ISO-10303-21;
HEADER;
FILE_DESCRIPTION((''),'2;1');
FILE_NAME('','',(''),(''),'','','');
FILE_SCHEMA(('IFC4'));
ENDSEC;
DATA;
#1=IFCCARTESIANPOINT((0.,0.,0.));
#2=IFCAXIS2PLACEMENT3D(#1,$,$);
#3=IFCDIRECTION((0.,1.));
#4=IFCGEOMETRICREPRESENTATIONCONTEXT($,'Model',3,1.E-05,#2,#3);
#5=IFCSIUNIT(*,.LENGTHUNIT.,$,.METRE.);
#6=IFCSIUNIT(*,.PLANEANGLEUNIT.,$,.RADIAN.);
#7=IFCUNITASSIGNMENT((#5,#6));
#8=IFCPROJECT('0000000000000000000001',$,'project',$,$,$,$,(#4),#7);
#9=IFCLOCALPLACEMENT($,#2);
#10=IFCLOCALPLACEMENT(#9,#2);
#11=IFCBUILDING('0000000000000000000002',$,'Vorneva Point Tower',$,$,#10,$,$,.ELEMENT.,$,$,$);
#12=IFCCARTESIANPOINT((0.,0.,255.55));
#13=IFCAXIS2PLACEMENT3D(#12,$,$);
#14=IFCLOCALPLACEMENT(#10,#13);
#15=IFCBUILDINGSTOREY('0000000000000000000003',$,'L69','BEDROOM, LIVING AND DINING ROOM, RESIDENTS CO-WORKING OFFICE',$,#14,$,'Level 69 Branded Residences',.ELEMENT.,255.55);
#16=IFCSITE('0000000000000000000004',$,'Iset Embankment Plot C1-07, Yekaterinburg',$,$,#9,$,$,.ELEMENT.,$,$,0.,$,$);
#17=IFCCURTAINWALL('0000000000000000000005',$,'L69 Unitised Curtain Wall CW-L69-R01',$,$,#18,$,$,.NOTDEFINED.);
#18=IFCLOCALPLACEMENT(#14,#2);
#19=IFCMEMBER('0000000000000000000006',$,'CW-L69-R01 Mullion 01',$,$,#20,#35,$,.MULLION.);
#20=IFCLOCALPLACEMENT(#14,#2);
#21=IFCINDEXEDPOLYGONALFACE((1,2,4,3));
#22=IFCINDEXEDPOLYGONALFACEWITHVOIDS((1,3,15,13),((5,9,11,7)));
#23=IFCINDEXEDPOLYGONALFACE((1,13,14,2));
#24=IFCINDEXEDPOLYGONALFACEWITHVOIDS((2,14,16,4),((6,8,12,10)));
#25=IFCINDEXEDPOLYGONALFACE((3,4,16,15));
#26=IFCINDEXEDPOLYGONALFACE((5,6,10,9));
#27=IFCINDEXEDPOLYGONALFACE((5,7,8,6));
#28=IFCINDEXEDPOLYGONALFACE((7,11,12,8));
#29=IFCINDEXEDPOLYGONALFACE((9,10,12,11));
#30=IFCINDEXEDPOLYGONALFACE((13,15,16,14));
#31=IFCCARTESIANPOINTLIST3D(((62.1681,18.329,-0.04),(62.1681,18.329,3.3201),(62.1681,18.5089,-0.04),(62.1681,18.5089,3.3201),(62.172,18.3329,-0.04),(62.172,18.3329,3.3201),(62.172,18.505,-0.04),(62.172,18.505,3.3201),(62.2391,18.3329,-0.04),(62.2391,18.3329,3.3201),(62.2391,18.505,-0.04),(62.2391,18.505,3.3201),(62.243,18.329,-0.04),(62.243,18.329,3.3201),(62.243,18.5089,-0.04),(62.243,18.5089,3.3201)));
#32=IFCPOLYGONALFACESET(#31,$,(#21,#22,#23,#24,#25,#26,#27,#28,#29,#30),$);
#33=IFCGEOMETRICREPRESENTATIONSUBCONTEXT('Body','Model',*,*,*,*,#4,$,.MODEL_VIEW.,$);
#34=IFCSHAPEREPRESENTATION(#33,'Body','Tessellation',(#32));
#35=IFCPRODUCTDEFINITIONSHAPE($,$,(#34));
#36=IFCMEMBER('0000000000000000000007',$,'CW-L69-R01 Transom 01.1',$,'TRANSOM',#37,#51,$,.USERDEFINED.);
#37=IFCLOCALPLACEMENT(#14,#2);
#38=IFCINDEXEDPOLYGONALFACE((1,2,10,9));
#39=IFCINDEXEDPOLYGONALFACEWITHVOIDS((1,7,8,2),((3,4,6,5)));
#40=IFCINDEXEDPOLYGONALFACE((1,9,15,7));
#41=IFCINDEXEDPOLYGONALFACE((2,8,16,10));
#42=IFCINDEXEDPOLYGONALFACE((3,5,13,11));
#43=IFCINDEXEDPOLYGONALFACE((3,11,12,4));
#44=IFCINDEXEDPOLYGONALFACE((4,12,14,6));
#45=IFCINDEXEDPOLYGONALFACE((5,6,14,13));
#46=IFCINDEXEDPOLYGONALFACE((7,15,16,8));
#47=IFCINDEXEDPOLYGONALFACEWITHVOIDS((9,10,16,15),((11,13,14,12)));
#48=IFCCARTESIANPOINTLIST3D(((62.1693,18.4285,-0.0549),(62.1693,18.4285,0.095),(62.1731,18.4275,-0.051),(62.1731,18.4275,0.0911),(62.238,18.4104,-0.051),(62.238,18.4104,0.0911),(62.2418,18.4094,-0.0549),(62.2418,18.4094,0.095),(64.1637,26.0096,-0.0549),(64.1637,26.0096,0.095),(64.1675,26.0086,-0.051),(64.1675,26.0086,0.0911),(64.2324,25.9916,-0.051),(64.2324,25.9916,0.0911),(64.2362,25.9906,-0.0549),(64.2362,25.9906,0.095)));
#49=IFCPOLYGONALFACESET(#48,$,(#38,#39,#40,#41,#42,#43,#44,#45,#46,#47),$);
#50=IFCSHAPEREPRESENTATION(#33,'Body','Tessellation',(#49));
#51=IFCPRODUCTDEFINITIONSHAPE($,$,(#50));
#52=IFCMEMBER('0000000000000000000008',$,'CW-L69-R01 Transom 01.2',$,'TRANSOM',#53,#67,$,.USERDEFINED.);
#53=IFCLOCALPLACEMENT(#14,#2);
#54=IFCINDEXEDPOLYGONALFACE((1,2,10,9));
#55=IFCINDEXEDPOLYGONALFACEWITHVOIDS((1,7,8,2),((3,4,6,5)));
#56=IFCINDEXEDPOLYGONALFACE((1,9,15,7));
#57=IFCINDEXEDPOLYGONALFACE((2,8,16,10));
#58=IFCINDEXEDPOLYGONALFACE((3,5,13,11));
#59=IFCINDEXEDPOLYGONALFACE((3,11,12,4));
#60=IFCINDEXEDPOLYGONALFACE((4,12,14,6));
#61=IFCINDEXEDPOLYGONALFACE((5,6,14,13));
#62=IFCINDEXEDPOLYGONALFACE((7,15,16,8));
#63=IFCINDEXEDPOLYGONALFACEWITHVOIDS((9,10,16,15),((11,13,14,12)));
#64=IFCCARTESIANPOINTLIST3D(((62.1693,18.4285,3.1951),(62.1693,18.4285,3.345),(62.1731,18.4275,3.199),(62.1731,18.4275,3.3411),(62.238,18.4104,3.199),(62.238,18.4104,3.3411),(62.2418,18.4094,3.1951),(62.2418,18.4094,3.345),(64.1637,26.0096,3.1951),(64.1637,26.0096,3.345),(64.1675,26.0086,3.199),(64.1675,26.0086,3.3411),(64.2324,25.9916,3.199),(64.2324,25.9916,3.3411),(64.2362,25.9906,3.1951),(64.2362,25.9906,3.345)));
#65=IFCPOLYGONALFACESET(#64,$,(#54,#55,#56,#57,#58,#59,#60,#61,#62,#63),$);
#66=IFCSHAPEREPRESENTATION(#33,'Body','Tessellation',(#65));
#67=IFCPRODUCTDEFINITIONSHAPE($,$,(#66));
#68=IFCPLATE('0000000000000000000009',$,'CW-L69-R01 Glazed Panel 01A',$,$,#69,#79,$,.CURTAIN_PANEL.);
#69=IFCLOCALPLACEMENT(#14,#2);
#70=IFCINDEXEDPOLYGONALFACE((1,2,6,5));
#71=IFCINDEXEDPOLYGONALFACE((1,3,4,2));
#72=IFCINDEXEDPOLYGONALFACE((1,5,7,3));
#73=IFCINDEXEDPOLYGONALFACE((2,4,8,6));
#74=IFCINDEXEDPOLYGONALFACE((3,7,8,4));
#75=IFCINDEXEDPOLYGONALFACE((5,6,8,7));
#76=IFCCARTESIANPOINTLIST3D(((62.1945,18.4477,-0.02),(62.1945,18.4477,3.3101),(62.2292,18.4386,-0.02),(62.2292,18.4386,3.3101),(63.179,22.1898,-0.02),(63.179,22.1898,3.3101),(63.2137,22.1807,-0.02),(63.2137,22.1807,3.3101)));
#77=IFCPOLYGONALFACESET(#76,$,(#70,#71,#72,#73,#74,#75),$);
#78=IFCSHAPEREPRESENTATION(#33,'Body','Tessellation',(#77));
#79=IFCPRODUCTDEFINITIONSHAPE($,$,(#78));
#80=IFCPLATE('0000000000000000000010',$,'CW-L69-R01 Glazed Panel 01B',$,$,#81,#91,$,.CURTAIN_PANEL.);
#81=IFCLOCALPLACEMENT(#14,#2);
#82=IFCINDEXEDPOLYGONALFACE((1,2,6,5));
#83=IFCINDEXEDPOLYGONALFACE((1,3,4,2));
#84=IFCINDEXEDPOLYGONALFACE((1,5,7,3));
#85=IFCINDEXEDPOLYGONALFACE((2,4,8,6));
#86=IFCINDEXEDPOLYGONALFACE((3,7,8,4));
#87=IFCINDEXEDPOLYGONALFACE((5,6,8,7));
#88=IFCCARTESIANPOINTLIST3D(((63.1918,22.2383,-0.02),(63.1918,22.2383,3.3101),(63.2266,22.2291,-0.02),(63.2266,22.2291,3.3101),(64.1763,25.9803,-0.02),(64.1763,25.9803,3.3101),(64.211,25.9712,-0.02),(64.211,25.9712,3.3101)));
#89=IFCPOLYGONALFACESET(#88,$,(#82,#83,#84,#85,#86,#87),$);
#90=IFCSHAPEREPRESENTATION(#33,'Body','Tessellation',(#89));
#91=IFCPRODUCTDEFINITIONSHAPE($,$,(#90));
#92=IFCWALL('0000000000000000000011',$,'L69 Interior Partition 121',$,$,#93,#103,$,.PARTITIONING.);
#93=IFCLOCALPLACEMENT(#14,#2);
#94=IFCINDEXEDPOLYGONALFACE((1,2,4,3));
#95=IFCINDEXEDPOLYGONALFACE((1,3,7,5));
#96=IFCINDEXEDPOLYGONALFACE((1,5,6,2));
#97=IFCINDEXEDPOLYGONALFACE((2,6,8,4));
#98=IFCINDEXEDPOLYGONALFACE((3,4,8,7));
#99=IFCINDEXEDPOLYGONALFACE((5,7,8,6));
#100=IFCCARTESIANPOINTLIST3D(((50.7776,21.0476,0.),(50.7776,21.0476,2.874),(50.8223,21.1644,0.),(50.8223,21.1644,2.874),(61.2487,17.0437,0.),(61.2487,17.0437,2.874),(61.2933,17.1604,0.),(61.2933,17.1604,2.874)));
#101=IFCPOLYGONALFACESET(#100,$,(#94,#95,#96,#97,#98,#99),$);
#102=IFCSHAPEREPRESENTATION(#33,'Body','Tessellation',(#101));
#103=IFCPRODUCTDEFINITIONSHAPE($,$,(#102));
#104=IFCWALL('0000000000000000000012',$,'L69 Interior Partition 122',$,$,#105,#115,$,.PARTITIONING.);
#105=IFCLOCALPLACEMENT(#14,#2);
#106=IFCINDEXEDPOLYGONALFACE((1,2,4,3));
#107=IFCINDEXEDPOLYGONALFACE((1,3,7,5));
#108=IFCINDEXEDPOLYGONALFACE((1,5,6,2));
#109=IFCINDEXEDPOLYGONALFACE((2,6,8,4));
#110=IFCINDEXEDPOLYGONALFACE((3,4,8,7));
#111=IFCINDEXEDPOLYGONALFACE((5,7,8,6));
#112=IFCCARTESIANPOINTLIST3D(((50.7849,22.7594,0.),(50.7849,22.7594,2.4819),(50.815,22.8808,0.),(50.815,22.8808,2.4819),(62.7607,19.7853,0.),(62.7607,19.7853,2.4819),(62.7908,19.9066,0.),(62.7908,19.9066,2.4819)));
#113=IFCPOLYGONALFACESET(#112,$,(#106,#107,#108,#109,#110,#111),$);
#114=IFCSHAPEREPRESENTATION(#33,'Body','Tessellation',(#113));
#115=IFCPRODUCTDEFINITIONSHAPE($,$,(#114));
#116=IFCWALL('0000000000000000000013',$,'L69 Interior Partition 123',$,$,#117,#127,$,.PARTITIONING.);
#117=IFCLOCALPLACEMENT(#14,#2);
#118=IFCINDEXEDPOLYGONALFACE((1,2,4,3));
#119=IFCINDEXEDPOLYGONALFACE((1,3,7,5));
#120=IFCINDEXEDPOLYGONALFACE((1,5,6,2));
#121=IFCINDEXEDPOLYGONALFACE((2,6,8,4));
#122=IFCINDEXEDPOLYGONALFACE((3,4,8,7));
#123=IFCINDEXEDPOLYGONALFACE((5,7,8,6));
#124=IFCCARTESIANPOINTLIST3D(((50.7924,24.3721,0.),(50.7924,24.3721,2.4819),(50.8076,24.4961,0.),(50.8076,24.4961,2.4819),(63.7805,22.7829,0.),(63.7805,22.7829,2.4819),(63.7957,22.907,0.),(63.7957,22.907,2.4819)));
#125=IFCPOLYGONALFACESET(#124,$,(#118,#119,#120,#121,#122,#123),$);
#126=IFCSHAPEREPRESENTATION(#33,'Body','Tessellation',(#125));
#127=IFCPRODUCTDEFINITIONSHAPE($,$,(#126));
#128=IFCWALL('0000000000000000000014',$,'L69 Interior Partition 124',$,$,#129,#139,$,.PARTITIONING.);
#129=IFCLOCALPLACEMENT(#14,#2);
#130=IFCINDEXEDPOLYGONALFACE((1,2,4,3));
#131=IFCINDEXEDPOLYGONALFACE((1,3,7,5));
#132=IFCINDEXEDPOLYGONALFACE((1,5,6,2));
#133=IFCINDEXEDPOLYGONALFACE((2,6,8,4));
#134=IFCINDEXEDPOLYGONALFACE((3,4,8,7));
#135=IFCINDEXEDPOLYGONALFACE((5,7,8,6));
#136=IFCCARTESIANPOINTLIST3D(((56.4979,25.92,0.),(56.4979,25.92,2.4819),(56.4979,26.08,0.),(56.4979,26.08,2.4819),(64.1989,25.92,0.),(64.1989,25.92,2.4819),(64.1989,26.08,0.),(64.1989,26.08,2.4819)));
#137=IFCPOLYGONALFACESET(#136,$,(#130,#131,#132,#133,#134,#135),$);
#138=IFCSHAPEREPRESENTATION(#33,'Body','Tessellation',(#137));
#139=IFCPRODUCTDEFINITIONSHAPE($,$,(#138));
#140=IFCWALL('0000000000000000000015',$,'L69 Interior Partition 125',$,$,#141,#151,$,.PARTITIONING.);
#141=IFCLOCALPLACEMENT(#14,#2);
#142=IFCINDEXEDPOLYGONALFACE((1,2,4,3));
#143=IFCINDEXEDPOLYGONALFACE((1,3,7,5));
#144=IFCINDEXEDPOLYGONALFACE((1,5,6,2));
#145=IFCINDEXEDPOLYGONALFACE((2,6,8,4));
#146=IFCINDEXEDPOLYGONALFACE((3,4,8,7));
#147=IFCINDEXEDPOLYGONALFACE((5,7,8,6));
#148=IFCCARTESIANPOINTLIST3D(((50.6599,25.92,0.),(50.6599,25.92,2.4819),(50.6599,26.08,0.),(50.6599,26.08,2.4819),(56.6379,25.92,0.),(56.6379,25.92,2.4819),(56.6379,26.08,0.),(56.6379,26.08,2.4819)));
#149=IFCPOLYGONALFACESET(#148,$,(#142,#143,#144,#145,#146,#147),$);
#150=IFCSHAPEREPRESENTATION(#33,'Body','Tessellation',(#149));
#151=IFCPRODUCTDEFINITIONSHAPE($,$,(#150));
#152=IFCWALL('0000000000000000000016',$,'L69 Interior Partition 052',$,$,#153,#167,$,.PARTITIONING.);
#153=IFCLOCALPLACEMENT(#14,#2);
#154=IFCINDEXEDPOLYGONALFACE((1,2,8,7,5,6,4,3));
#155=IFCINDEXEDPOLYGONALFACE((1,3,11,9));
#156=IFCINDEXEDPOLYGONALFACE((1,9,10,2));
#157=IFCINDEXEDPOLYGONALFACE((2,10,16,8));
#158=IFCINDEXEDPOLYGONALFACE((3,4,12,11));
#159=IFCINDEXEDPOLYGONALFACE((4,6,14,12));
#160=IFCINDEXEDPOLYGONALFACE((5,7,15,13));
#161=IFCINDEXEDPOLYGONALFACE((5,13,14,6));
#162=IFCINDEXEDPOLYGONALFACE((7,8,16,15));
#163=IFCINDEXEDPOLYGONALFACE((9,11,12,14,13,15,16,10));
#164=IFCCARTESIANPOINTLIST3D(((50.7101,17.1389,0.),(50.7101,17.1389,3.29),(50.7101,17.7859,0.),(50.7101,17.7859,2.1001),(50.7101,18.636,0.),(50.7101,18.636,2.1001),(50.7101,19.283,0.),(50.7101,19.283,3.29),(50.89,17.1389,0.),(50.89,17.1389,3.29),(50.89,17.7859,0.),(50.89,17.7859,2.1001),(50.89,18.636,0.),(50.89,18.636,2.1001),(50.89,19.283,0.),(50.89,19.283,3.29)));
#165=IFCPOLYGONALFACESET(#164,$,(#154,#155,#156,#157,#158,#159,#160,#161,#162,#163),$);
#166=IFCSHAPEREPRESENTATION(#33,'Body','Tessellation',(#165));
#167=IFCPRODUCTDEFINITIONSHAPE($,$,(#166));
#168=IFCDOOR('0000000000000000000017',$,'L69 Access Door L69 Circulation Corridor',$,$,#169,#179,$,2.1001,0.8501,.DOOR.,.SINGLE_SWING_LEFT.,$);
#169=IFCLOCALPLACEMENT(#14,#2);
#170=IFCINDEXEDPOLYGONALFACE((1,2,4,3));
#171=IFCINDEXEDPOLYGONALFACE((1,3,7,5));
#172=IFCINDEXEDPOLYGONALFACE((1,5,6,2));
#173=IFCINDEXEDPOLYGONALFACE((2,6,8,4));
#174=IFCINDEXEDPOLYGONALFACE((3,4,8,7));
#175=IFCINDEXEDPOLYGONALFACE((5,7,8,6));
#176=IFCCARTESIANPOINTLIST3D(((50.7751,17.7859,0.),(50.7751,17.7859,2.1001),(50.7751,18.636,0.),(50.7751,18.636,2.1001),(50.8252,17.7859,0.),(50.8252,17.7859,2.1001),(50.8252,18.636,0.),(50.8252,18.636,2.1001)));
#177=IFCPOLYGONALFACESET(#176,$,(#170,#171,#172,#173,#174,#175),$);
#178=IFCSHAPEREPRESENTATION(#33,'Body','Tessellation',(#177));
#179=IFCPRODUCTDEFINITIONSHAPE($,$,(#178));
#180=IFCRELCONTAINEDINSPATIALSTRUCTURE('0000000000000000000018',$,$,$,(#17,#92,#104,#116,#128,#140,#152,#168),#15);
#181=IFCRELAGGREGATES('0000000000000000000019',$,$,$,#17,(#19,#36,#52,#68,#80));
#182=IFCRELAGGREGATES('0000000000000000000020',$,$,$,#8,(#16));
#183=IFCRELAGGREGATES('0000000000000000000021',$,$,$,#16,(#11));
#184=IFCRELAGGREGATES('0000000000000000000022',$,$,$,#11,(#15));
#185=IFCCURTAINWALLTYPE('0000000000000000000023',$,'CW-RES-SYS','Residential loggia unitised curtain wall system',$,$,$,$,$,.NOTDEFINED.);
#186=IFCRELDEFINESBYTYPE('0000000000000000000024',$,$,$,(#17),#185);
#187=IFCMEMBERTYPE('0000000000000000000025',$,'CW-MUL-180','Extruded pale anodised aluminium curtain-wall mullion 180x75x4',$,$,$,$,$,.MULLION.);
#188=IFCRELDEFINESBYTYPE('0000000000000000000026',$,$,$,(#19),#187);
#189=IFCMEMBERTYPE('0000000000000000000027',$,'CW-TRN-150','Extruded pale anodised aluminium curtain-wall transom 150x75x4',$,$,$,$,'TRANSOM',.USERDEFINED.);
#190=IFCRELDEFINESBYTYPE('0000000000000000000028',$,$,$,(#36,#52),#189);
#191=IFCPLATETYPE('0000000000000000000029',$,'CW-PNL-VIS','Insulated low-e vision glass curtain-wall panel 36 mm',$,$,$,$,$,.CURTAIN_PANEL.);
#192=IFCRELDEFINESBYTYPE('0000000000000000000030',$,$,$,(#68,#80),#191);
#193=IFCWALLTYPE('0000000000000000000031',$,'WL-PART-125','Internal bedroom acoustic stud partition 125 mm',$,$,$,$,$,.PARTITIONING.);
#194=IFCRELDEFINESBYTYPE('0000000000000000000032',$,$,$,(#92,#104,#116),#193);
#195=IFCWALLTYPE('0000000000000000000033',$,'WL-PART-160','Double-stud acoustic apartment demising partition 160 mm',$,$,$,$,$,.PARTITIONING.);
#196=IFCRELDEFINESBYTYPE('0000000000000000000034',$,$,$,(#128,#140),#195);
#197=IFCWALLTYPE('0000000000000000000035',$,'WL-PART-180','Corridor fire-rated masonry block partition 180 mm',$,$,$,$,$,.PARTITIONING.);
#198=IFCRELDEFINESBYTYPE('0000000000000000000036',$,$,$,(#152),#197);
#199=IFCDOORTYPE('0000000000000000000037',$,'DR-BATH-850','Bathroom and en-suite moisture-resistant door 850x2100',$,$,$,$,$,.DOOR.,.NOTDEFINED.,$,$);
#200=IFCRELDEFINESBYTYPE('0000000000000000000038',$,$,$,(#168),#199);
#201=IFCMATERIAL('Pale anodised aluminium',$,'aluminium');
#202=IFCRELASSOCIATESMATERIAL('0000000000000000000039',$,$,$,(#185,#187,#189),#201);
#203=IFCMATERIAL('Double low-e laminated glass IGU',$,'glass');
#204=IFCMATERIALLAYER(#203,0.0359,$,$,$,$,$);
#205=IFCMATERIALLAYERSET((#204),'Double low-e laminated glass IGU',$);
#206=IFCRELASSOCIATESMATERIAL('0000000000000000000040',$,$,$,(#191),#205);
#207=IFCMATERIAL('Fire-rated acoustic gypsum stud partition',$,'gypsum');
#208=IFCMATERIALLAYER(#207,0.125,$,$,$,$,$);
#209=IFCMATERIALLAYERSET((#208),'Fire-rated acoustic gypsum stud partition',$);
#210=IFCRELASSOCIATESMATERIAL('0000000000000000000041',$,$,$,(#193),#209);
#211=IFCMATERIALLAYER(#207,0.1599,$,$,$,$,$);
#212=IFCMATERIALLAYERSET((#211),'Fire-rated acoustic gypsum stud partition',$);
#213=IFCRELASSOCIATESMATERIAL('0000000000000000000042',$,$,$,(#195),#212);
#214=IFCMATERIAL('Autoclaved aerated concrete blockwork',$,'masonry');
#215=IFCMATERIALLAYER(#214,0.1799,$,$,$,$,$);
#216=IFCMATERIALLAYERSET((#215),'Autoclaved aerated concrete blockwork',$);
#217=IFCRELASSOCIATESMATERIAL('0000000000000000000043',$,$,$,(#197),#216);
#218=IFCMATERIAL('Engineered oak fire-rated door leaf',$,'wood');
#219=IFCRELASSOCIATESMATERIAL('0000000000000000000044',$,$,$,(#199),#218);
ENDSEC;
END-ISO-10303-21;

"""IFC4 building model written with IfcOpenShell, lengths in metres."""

from ifc_helpers import new_model, si_unit, direction, frame, frame_2d, origin, origin_2d, place, context, subcontext, project, spatial, rectangle, hollow_rectangle, extrude, material, layer, layer_set, material_profile, profile_set, type_object, element, fill, aggregate, save


model = new_model("IFC4")

# Units and contexts
model_context = context("Model", 3, precision=1e-05, world=origin(), true_north=direction((0.0, 1.0)))
body_context = subcontext(model_context, "Body", "Model", "MODEL_VIEW")
ifc_project = project(units=[si_unit("LENGTHUNIT", "METRE"), si_unit("PLANEANGLEUNIT", "RADIAN")], contexts=[model_context])

# Site, building, storey
site_placement = place(None, origin())
site = spatial("IfcSite", under=ifc_project, at=site_placement, Name="Iset Embankment Plot C1-07, Yekaterinburg", CompositionType="ELEMENT", RefElevation=0.0)
building_placement = place(site_placement, origin())
building = spatial("IfcBuilding", under=site, at=building_placement, Name="Vorneva Point Tower", CompositionType="ELEMENT")
storey_placement = place(building_placement, frame((0.0, 0.0, 255.55)))
storey = spatial("IfcBuildingStorey", under=building, at=storey_placement, Name="L69", Description="BEDROOM, LIVING AND DINING ROOM, RESIDENTS CO-WORKING OFFICE", LongName="Level 69 Branded Residences", CompositionType="ELEMENT", Elevation=255.55)

# Curtain wall, members, plates
ifc_material_1 = material(Name="Pale anodised aluminium", Category="aluminium")
curtain_wall_type = type_object("IfcCurtainWallType", Name="CW-RES-SYS", Description="Residential loggia unitised curtain wall system", PredefinedType="NOTDEFINED", material=ifc_material_1)
curtain_wall_placement = place(storey_placement, origin())
curtain_wall = element("IfcCurtainWall", 1, at=curtain_wall_placement, inside=storey, type_object=curtain_wall_type, Name="L69 Unitised Curtain Wall CW-L69-R01", PredefinedType="NOTDEFINED")
ifc_material_profile_1 = material_profile(ifc_material_1, hollow_rectangle(XDim=0.075, YDim=0.1799, WallThickness=0.0039, at=origin_2d()), Name="AL-MUL 180x75x4")
ifc_profile_set_1 = profile_set([ifc_material_profile_1], Name="Pale anodised aluminium")
member_type_1 = type_object("IfcMemberType", Name="CW-MUL-180", Description="Extruded pale anodised aluminium curtain-wall mullion 180x75x4", PredefinedType="MULLION", material=ifc_profile_set_1)
member_1_placement = place(storey_placement, frame((62.2056, 18.4189, -0.04), z_axis=(0.0, 0.0, 1.0), x_axis=(1.0, 0.0, 0.0)))
member_1 = element("IfcMember", 2, at=member_1_placement, type_object=member_type_1, Name="CW-L69-R01 Mullion 01", PredefinedType="MULLION", context=body_context, shape_type="SweptSolid", body=[
    extrude(hollow_rectangle(XDim=0.075, YDim=0.1799, WallThickness=0.0039, at=origin_2d()), origin(), (0.0, 0.0, 1.0), 3.3601),
])
ifc_material_profile_2 = material_profile(ifc_material_1, hollow_rectangle(XDim=0.075, YDim=0.1499, WallThickness=0.0039, at=origin_2d()), Name="AL-TRN 150x75x4")
ifc_profile_set_2 = profile_set([ifc_material_profile_2], Name="Pale anodised aluminium")
member_type_2 = type_object("IfcMemberType", Name="CW-TRN-150", Description="Extruded pale anodised aluminium curtain-wall transom 150x75x4", ElementType="TRANSOM", PredefinedType="USERDEFINED", material=ifc_profile_set_2)
member_2_placement = place(storey_placement, frame((62.2056, 18.4189, 0.02), z_axis=(0.254418, 0.967094, 0.0), x_axis=(-0.967094, 0.254418, 0.0)))
member_2 = element("IfcMember", 3, at=member_2_placement, type_object=member_type_2, Name="CW-L69-R01 Transom 01.1", ObjectType="TRANSOM", PredefinedType="USERDEFINED", context=body_context, shape_type="SweptSolid", body=[
    extrude(hollow_rectangle(XDim=0.075, YDim=0.1499, WallThickness=0.0039, at=origin_2d()), origin(), (0.0, 0.0, 1.0), 7.8391),
])
member_3_placement = place(storey_placement, frame((62.2056, 18.4189, 3.27), z_axis=(0.254418, 0.967094, 0.0), x_axis=(-0.967094, 0.254418, 0.0)))
member_3 = element("IfcMember", 4, at=member_3_placement, type_object=member_type_2, Name="CW-L69-R01 Transom 01.2", ObjectType="TRANSOM", PredefinedType="USERDEFINED", context=body_context, shape_type="SweptSolid", body=[
    extrude(hollow_rectangle(XDim=0.075, YDim=0.1499, WallThickness=0.0039, at=origin_2d()), origin(), (0.0, 0.0, 1.0), 7.8391),
])
ifc_material_2 = material(Name="Double low-e laminated glass IGU", Category="glass")
ifc_layer_1 = layer(ifc_material_2, 0.0359)
ifc_layer_set_1 = layer_set([ifc_layer_1], Name="Double low-e laminated glass IGU")
plate_type = type_object("IfcPlateType", Name="CW-PNL-VIS", Description="Insulated low-e vision glass curtain-wall panel 36 mm", PredefinedType="CURTAIN_PANEL", material=ifc_layer_set_1)
plate_1_placement = place(storey_placement, frame((62.7041, 20.3142, -0.02), z_axis=(0.0, 0.0, 1.0), x_axis=(0.254416, 0.967095, 0.0)))
plate_1 = element("IfcPlate", 5, at=plate_1_placement, type_object=plate_type, Name="CW-L69-R01 Glazed Panel 01A", PredefinedType="CURTAIN_PANEL", context=body_context, shape_type="SweptSolid", body=[
    extrude(rectangle(XDim=3.8694, YDim=0.0359, at=origin_2d()), origin(), (0.0, 0.0, 1.0), 3.3301),
])
plate_2_placement = place(storey_placement, frame((63.7014, 24.1047, -0.02), z_axis=(0.0, 0.0, 1.0), x_axis=(0.254416, 0.967095, 0.0)))
plate_2 = element("IfcPlate", 6, at=plate_2_placement, type_object=plate_type, Name="CW-L69-R01 Glazed Panel 01B", PredefinedType="CURTAIN_PANEL", context=body_context, shape_type="SweptSolid", body=[
    extrude(rectangle(XDim=3.8694, YDim=0.0359, at=origin_2d()), origin(), (0.0, 0.0, 1.0), 3.3301),
])
aggregate(curtain_wall, [member_1, member_2, member_3, plate_1, plate_2])

# Walls
ifc_material_3 = material(Name="Fire-rated acoustic gypsum stud partition", Category="gypsum")
ifc_layer_2 = layer(ifc_material_3, 0.125)
ifc_layer_set_2 = layer_set([ifc_layer_2], Name="Fire-rated acoustic gypsum stud partition")
wall_type_1 = type_object("IfcWallType", Name="WL-PART-125", Description="Internal bedroom acoustic stud partition 125 mm", PredefinedType="PARTITIONING", material=ifc_layer_set_2)
wall_1_placement = place(storey_placement, frame((61.271, 17.1021, 0.0), z_axis=(0.0, 0.0, 1.0), x_axis=(-0.934043, 0.357161, 0.0)))
element("IfcWall", 7, at=wall_1_placement, inside=storey, type_object=wall_type_1, Name="L69 Interior Partition 121", PredefinedType="PARTITIONING", context=body_context, shape_type="SweptSolid", body=[
    extrude(rectangle(XDim=11.2104, YDim=0.125, at=frame_2d((5.6052, 0.0))), origin(), (0.0, 0.0, 1.0), 2.874),
])
wall_2_placement = place(storey_placement, frame((62.7759, 19.8459, 0.0), z_axis=(0.0, 0.0, 1.0), x_axis=(-0.97052, 0.241022, 0.0)))
element("IfcWall", 8, at=wall_2_placement, inside=storey, type_object=wall_type_1, Name="L69 Interior Partition 122", PredefinedType="PARTITIONING", context=body_context, shape_type="SweptSolid", body=[
    extrude(rectangle(XDim=12.3396, YDim=0.125, at=frame_2d((6.1699, 0.0))), origin(), (0.0, 0.0, 1.0), 2.4819),
])
wall_3_placement = place(storey_placement, frame((63.7881, 22.845, 0.0), z_axis=(0.0, 0.0, 1.0), x_axis=(-0.992598, 0.121446, 0.0)))
element("IfcWall", 9, at=wall_3_placement, inside=storey, type_object=wall_type_1, Name="L69 Interior Partition 123", PredefinedType="PARTITIONING", context=body_context, shape_type="SweptSolid", body=[
    extrude(rectangle(XDim=13.085, YDim=0.125, at=frame_2d((6.5425, 0.0))), origin(), (0.0, 0.0, 1.0), 2.4819),
])
ifc_layer_3 = layer(ifc_material_3, 0.1599)
ifc_layer_set_3 = layer_set([ifc_layer_3], Name="Fire-rated acoustic gypsum stud partition")
wall_type_2 = type_object("IfcWallType", Name="WL-PART-160", Description="Double-stud acoustic apartment demising partition 160 mm", PredefinedType="PARTITIONING", material=ifc_layer_set_3)
wall_4_placement = place(storey_placement, frame((64.199, 26.0, 0.0), z_axis=(0.0, 0.0, 1.0), x_axis=(-1.0, 0.0, 0.0)))
element("IfcWall", 10, at=wall_4_placement, inside=storey, type_object=wall_type_2, Name="L69 Interior Partition 124", PredefinedType="PARTITIONING", context=body_context, shape_type="SweptSolid", body=[
    extrude(rectangle(XDim=7.7009, YDim=0.1599, at=frame_2d((3.8506, 0.0))), origin(), (0.0, 0.0, 1.0), 2.4819),
])
wall_5_placement = place(storey_placement, frame((56.6379, 26.0, 0.0), z_axis=(0.0, 0.0, 1.0), x_axis=(-1.0, 0.0, 0.0)))
element("IfcWall", 11, at=wall_5_placement, inside=storey, type_object=wall_type_2, Name="L69 Interior Partition 125", PredefinedType="PARTITIONING", context=body_context, shape_type="SweptSolid", body=[
    extrude(rectangle(XDim=5.978, YDim=0.1599, at=frame_2d((2.989, 0.0))), origin(), (0.0, 0.0, 1.0), 2.4819),
])

# Wall, opening, door
ifc_material_4 = material(Name="Autoclaved aerated concrete blockwork", Category="masonry")
ifc_layer_4 = layer(ifc_material_4, 0.1799)
ifc_layer_set_4 = layer_set([ifc_layer_4], Name="Autoclaved aerated concrete blockwork")
wall_type_3 = type_object("IfcWallType", Name="WL-PART-180", Description="Corridor fire-rated masonry block partition 180 mm", PredefinedType="PARTITIONING", material=ifc_layer_set_4)
wall_6_placement = place(storey_placement, frame((50.8, 17.1389, 0.0), z_axis=(0.0, 0.0, 1.0), x_axis=(0.0, 1.0, 0.0)))
wall_6 = element("IfcWall", 12, at=wall_6_placement, inside=storey, type_object=wall_type_3, Name="L69 Interior Partition 052", PredefinedType="PARTITIONING", context=body_context, shape_type="SweptSolid", body=[
    extrude(rectangle(XDim=2.144, YDim=0.1799, at=frame_2d((1.072, 0.0))), origin(), (0.0, 0.0, 1.0), 3.29),
])
opening_1_placement = place(wall_6_placement, frame((0.647, 0.0, 0.0)))
opening_1 = element("IfcOpeningElement", 13, at=opening_1_placement, cuts=wall_6, PredefinedType="OPENING", context=body_context, shape_type="SweptSolid", body=[
    extrude(rectangle(XDim=0.8501, YDim=2.1001, at=frame_2d((0.425, 1.05))), frame((0.0, 0.105, 0.0), z_axis=(0.0, -1.0, 0.0), x_axis=(1.0, 0.0, 0.0)), (0.0, 0.0, 1.0), 0.2097),
])
ifc_material_5 = material(Name="Engineered oak fire-rated door leaf", Category="wood")
door_type_1 = type_object("IfcDoorType", Name="DR-BATH-850", Description="Bathroom and en-suite moisture-resistant door 850x2100", OperationType="NOTDEFINED", PredefinedType="DOOR", material=ifc_material_5)
door_1_placement = place(opening_1_placement, origin())
door_1 = element("IfcDoor", 14, at=door_1_placement, inside=storey, type_object=door_type_1, Name="L69 Access Door L69 Circulation Corridor", OperationType="SINGLE_SWING_LEFT", OverallHeight=2.1001, OverallWidth=0.8501, PredefinedType="DOOR", context=body_context, shape_type="SweptSolid", body=[
    extrude(rectangle(XDim=0.8501, YDim=2.1001, at=frame_2d((0.425, 1.05))), frame((0.0, 0.0249, 0.0), z_axis=(0.0, -1.0, 0.0), x_axis=(1.0, 0.0, 0.0)), (0.0, 0.0, 1.0), 0.05),
])
fill(opening_1, door_1)

save(model, "model.ifc")
